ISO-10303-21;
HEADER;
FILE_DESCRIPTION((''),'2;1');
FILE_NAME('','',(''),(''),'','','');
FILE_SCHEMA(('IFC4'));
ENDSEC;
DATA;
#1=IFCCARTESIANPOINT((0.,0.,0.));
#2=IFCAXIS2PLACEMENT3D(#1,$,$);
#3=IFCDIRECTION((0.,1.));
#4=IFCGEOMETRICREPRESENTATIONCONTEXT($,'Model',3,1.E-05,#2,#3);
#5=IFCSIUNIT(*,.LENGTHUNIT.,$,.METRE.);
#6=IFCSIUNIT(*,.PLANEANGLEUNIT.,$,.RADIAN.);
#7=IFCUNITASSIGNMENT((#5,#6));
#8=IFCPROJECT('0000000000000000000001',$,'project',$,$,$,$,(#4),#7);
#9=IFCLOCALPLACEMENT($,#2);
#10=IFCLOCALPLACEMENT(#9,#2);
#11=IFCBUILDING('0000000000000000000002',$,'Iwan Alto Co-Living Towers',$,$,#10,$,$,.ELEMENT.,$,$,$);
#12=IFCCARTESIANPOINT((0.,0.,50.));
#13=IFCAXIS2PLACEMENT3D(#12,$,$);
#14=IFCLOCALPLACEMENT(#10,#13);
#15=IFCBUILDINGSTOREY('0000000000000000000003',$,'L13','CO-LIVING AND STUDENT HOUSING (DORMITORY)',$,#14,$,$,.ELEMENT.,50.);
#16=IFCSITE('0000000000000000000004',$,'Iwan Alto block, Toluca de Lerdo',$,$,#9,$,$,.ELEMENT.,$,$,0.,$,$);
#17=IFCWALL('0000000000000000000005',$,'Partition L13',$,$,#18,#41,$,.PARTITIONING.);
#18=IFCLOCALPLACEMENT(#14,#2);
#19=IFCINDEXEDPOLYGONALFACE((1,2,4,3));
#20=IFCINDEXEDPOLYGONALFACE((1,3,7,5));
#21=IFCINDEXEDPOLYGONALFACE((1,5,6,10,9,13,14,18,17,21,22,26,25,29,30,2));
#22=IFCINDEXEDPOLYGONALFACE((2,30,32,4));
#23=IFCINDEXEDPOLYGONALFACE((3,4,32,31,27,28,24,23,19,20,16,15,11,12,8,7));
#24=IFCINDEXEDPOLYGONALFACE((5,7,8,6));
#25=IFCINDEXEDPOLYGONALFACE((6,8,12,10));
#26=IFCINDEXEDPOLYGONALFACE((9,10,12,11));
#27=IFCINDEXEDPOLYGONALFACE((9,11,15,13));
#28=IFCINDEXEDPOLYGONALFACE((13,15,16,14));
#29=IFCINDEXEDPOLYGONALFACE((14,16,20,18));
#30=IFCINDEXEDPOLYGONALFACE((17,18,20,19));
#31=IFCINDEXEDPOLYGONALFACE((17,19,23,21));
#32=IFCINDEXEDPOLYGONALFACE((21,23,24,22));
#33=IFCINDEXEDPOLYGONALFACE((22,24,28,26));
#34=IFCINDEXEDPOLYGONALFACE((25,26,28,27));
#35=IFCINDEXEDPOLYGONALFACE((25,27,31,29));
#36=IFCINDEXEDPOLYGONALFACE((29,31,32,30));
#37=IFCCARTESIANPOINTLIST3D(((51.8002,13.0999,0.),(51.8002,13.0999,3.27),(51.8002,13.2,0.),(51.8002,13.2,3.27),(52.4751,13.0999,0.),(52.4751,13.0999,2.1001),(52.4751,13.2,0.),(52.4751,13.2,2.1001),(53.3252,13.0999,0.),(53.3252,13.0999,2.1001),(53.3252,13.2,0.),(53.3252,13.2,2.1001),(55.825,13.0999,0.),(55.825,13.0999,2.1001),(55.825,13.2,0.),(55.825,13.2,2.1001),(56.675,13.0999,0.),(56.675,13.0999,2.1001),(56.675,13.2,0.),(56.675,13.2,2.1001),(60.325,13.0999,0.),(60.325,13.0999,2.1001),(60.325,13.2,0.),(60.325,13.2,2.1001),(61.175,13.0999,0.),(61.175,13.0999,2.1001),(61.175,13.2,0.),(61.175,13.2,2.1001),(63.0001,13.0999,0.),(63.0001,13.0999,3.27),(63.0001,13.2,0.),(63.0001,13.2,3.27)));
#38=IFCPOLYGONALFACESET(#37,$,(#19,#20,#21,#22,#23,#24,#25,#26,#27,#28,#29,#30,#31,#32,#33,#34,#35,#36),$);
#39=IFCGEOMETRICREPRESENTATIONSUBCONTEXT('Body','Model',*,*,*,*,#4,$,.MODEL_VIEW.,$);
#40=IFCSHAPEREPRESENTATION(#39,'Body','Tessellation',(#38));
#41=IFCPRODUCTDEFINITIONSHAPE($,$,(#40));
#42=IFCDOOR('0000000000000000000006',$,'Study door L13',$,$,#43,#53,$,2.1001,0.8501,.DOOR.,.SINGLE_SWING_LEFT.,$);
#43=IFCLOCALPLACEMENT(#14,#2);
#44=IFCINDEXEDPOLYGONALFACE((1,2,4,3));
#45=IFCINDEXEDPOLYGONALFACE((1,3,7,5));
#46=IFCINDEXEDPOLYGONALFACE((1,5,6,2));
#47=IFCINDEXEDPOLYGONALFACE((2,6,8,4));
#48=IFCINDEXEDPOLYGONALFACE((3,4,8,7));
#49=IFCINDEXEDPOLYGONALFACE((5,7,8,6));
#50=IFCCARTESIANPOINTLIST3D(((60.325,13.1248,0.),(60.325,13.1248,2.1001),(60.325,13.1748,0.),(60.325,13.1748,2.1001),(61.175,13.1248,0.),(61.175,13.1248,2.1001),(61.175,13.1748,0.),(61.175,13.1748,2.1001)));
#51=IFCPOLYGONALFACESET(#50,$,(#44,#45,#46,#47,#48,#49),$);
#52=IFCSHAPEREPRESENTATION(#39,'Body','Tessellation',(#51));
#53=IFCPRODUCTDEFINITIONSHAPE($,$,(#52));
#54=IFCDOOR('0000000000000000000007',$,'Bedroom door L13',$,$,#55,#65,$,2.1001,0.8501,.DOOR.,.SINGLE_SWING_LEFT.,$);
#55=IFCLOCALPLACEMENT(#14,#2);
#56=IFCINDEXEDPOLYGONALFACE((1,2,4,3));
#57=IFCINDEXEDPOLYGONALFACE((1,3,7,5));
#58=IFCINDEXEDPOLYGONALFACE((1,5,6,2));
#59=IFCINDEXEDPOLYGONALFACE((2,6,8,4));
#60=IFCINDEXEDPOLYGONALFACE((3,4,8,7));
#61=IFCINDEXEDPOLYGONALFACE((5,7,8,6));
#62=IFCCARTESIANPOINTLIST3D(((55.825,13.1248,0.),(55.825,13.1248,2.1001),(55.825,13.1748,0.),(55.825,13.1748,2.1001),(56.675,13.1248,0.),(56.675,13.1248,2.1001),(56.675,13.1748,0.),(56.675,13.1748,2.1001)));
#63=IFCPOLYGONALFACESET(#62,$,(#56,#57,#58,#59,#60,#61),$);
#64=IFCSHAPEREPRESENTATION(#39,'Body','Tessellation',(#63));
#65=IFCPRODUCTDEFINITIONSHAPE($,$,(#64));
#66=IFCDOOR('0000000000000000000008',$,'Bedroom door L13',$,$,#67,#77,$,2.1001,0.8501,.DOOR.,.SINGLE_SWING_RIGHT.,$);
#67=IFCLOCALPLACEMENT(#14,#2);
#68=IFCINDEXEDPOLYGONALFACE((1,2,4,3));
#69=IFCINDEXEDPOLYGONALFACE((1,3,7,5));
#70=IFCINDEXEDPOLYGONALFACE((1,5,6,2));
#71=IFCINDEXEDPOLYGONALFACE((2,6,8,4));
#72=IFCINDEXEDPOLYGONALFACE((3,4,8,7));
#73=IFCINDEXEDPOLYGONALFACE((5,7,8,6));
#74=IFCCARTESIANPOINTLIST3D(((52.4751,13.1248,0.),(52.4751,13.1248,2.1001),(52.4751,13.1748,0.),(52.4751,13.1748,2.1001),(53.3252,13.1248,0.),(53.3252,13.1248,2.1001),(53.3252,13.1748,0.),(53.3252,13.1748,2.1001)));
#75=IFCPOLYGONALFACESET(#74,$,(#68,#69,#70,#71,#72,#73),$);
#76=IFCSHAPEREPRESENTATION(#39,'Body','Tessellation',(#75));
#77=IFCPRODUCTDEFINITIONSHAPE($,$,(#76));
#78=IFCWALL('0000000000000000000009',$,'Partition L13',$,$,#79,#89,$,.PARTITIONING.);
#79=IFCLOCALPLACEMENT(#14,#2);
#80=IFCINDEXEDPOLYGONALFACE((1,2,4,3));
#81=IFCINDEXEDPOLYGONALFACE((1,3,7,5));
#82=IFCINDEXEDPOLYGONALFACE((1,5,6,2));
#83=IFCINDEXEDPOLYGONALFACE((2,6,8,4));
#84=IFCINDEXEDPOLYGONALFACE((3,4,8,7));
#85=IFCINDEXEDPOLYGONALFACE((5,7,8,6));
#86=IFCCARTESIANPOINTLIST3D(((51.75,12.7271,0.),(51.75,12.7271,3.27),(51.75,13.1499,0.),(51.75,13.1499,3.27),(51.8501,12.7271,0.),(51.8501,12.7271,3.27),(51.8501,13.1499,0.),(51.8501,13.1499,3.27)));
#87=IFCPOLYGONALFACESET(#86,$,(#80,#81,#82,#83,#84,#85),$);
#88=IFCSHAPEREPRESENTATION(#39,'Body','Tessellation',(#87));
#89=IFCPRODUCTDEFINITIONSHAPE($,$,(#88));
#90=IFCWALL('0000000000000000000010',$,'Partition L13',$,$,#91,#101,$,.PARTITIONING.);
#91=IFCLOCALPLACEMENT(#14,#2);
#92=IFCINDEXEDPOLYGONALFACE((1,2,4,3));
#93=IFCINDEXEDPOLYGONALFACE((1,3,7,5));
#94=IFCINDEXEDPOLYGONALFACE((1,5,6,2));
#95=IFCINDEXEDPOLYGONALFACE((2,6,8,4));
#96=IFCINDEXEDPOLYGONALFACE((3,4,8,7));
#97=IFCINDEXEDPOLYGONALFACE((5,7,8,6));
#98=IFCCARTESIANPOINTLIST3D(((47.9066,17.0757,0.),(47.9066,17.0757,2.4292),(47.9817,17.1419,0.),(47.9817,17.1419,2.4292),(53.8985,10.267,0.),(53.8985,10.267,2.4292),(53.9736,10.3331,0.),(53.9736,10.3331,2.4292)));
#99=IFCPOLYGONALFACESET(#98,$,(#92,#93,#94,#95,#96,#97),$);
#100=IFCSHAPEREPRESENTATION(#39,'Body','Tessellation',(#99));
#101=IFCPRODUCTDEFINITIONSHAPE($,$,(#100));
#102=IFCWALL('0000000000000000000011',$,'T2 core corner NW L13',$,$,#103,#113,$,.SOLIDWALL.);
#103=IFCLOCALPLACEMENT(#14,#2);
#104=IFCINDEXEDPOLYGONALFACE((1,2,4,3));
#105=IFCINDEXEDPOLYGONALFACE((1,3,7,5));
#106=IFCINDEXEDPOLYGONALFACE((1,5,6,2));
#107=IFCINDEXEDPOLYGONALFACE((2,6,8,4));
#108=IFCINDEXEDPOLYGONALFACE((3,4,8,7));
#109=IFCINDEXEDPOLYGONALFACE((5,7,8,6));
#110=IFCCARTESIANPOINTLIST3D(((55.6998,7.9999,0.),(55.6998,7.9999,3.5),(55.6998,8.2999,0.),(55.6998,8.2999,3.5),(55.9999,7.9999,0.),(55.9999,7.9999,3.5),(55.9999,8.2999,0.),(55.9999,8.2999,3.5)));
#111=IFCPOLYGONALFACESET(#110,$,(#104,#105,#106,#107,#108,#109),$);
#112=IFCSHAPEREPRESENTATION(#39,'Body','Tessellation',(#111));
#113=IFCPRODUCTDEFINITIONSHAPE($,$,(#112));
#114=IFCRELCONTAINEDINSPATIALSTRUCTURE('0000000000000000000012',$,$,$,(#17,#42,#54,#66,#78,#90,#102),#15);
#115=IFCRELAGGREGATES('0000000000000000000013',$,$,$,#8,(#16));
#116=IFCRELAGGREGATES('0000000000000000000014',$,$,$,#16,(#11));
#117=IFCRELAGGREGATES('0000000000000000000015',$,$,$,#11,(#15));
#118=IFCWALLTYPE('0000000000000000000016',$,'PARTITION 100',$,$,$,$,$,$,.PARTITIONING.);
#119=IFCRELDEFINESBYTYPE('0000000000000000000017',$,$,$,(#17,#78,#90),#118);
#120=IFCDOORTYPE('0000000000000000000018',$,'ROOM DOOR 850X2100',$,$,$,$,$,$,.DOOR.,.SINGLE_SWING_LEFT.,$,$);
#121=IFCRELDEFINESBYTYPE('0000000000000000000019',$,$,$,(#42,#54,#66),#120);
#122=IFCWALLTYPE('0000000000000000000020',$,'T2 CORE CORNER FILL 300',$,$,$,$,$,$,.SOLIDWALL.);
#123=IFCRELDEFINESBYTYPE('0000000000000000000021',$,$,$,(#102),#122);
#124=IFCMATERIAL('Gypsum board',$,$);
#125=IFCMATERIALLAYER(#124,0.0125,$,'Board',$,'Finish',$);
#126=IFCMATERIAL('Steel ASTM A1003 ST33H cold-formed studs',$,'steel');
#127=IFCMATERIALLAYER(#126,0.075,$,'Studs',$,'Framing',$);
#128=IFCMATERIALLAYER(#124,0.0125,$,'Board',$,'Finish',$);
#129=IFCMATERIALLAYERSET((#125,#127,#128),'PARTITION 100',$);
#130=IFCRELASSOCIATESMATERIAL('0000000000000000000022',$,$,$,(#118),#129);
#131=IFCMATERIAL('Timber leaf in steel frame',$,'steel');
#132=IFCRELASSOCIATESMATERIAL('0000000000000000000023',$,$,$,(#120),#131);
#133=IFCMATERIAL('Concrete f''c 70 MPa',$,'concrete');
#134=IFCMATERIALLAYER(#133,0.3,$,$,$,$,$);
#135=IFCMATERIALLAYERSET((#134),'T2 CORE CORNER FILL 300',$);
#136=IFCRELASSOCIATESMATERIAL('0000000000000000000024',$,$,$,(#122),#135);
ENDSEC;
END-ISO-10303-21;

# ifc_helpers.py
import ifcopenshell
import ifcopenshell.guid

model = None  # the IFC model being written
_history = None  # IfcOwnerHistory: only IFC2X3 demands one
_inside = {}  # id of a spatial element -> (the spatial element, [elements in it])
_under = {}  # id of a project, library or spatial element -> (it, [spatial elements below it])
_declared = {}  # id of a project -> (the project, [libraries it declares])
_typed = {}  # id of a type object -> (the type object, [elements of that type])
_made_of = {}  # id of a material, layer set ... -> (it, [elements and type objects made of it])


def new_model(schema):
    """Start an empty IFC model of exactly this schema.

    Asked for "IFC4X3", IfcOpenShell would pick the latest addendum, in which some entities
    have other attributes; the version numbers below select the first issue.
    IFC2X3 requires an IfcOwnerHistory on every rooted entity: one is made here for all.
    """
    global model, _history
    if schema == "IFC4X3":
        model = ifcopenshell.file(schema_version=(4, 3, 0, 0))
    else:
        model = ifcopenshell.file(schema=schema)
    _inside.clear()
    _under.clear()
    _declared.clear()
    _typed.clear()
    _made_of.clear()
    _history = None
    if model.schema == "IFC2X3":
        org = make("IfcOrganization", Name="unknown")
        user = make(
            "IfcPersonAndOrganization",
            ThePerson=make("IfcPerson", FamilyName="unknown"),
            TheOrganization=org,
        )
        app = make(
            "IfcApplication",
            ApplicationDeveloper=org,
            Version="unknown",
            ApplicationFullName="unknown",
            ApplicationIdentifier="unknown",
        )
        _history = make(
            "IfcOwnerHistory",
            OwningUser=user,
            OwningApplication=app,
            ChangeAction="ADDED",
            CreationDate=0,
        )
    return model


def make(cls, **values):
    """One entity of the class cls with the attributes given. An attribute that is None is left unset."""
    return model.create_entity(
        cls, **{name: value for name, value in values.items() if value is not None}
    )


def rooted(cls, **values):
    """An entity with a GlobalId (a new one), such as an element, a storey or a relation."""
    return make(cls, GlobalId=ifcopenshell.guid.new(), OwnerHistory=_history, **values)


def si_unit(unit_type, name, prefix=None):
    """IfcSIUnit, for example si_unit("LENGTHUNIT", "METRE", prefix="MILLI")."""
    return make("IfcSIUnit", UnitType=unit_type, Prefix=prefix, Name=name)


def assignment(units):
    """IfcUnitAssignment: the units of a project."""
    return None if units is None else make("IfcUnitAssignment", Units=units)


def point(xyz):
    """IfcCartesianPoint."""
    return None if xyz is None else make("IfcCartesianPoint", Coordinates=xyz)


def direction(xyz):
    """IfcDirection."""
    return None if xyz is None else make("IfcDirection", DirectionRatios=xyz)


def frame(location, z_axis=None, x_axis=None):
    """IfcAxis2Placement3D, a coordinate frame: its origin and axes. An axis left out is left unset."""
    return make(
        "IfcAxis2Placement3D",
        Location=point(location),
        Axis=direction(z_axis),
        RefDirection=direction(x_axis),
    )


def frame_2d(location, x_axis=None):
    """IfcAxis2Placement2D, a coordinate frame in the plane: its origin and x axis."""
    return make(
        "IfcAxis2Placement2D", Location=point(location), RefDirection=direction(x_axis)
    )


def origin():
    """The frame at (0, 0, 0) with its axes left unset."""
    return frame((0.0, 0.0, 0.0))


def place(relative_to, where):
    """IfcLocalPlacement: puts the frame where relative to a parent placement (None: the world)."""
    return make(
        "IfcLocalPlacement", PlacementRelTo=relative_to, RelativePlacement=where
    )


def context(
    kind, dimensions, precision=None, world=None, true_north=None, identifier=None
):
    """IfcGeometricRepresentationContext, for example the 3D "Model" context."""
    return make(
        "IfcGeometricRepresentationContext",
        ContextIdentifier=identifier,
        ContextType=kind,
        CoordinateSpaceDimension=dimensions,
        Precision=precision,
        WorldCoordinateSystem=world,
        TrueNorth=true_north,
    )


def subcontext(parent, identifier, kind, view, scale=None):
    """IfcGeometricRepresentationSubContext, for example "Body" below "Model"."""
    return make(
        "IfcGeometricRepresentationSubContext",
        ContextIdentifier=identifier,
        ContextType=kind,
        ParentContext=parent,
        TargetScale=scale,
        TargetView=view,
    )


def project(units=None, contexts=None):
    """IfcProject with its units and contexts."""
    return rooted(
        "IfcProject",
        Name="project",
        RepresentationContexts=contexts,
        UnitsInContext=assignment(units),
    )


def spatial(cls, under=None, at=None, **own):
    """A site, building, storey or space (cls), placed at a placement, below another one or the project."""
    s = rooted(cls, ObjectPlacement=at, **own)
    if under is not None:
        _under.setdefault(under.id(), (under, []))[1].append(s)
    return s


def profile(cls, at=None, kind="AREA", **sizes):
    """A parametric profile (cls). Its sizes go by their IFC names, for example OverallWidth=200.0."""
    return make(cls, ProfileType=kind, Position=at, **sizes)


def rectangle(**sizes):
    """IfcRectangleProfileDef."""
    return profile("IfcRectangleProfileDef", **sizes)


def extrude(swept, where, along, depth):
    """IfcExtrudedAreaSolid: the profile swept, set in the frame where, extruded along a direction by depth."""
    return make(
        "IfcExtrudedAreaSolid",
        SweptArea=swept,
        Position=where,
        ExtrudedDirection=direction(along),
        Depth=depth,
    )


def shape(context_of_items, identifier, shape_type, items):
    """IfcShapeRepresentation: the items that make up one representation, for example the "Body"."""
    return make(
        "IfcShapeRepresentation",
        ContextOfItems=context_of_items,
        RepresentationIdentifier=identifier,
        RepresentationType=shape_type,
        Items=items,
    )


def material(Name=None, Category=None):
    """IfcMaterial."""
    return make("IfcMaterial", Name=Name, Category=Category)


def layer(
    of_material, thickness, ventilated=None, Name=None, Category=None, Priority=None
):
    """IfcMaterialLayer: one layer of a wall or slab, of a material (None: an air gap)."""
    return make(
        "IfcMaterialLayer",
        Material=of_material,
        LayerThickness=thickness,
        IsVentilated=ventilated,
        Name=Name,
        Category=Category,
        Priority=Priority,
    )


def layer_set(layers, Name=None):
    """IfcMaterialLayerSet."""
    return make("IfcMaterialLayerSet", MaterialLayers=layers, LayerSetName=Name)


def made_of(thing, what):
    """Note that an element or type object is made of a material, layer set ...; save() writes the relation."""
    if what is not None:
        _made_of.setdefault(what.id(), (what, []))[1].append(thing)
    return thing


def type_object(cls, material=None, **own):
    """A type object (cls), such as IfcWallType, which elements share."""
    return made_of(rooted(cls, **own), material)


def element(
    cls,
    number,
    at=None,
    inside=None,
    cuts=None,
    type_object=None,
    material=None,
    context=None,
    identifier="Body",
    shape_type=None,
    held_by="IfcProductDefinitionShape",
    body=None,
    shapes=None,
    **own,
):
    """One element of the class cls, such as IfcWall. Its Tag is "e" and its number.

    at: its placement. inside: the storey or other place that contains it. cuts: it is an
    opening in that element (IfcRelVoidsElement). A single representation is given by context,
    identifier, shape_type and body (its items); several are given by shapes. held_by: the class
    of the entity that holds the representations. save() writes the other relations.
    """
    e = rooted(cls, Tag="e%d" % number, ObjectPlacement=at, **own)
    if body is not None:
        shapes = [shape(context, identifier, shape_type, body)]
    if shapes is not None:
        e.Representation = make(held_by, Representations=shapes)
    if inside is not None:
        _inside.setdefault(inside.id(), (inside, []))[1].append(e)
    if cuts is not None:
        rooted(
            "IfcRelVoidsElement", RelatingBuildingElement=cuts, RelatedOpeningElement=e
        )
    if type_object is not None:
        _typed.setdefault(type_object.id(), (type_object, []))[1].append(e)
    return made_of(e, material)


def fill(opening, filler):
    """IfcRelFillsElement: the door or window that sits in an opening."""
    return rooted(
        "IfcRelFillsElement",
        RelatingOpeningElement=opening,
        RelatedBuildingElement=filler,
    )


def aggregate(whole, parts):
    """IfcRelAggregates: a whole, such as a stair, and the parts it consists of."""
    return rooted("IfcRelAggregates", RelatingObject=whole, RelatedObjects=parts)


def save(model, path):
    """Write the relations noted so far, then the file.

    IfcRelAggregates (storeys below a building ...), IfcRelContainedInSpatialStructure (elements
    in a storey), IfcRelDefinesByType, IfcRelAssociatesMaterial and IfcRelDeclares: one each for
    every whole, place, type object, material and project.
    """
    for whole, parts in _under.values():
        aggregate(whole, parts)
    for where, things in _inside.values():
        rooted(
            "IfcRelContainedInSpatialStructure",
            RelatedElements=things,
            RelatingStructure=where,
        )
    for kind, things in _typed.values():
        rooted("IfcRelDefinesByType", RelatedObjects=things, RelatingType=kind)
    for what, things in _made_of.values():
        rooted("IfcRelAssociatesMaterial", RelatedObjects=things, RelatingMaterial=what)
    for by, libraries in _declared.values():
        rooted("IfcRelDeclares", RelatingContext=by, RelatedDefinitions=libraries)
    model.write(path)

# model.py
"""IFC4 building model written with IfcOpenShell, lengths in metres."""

from ifc_helpers import new_model, si_unit, direction, frame, frame_2d, origin, place, context, subcontext, project, spatial, rectangle, extrude, material, layer, layer_set, type_object, element, fill, save


model = new_model("IFC4")

# Units and contexts
model_context = context("Model", 3, precision=1e-05, world=origin(), true_north=direction((0.0, 1.0)))
body_context = subcontext(model_context, "Body", "Model", "MODEL_VIEW")
ifc_project = project(units=[si_unit("LENGTHUNIT", "METRE"), si_unit("PLANEANGLEUNIT", "RADIAN")], contexts=[model_context])

# Site, building, storey
site_placement = place(None, origin())
site = spatial("IfcSite", under=ifc_project, at=site_placement, Name="Iwan Alto block, Toluca de Lerdo", CompositionType="ELEMENT", RefElevation=0.0)
building_placement = place(site_placement, origin())
building = spatial("IfcBuilding", under=site, at=building_placement, Name="Iwan Alto Co-Living Towers", CompositionType="ELEMENT")
storey_placement = place(building_placement, frame((0.0, 0.0, 50.0)))
storey = spatial("IfcBuildingStorey", under=building, at=storey_placement, Name="L13", Description="CO-LIVING AND STUDENT HOUSING (DORMITORY)", CompositionType="ELEMENT", Elevation=50.0)

# Shared definitions
ifc_material_1 = material(Name="Gypsum board")
ifc_material_2 = material(Name="Steel ASTM A1003 ST33H cold-formed studs", Category="steel")

# Wall, openings, doors
ifc_layer_1 = layer(ifc_material_1, 0.0125, Name="Board", Category="Finish")
ifc_layer_2 = layer(ifc_material_2, 0.075, Name="Studs", Category="Framing")
ifc_layer_3 = layer(ifc_material_1, 0.0125, Name="Board", Category="Finish")
ifc_layer_set_1 = layer_set([ifc_layer_1, ifc_layer_2, ifc_layer_3], Name="PARTITION 100")
wall_type_1 = type_object("IfcWallType", Name="PARTITION 100", PredefinedType="PARTITIONING", material=ifc_layer_set_1)
wall_1_placement = place(storey_placement, frame((51.8, 13.1499, 0.0), z_axis=(0.0, 0.0, 1.0), x_axis=(1.0, 0.0, 0.0)))
wall_1 = element("IfcWall", 1, at=wall_1_placement, inside=storey, type_object=wall_type_1, Name="Partition L13", PredefinedType="PARTITIONING", context=body_context, shape_type="SweptSolid", body=[
    extrude(rectangle(XDim=11.2, YDim=0.1001, at=frame_2d((5.6001, 0.0))), origin(), (0.0, 0.0, 1.0), 3.27),
])
opening_1_placement = place(wall_1_placement, frame((8.5249, 0.0, 0.0)))
opening_1 = element("IfcOpeningElement", 2, at=opening_1_placement, cuts=wall_1, PredefinedType="OPENING", context=body_context, shape_type="SweptSolid", body=[
    extrude(rectangle(XDim=0.8501, YDim=2.1001, at=frame_2d((0.425, 1.05))), frame((0.0, 0.0601, 0.0), z_axis=(0.0, -1.0, 0.0), x_axis=(1.0, 0.0, 0.0)), (0.0, 0.0, 1.0), 0.1201),
])
opening_2_placement = place(wall_1_placement, frame((4.0249, 0.0, 0.0)))
opening_2 = element("IfcOpeningElement", 3, at=opening_2_placement, cuts=wall_1, PredefinedType="OPENING", context=body_context, shape_type="SweptSolid", body=[
    extrude(rectangle(XDim=0.8501, YDim=2.1001, at=frame_2d((0.425, 1.05))), frame((0.0, 0.0601, 0.0), z_axis=(0.0, -1.0, 0.0), x_axis=(1.0, 0.0, 0.0)), (0.0, 0.0, 1.0), 0.1201),
])
opening_3_placement = place(wall_1_placement, frame((0.675, 0.0, 0.0)))
opening_3 = element("IfcOpeningElement", 4, at=opening_3_placement, cuts=wall_1, PredefinedType="OPENING", context=body_context, shape_type="SweptSolid", body=[
    extrude(rectangle(XDim=0.8501, YDim=2.1001, at=frame_2d((0.425, 1.05))), frame((0.0, 0.0601, 0.0), z_axis=(0.0, -1.0, 0.0), x_axis=(1.0, 0.0, 0.0)), (0.0, 0.0, 1.0), 0.1201),
])
ifc_material_3 = material(Name="Timber leaf in steel frame", Category="steel")
door_type_1 = type_object("IfcDoorType", Name="ROOM DOOR 850X2100", OperationType="SINGLE_SWING_LEFT", PredefinedType="DOOR", material=ifc_material_3)
door_1_placement = place(opening_1_placement, origin())
door_1 = element("IfcDoor", 5, at=door_1_placement, inside=storey, type_object=door_type_1, Name="Study door L13", OperationType="SINGLE_SWING_LEFT", OverallHeight=2.1001, OverallWidth=0.8501, PredefinedType="DOOR", context=body_context, shape_type="SweptSolid", body=[
    extrude(rectangle(XDim=0.8501, YDim=2.1001, at=frame_2d((0.425, 1.05))), frame((0.0, 0.0249, 0.0), z_axis=(0.0, -1.0, 0.0), x_axis=(1.0, 0.0, 0.0)), (0.0, 0.0, 1.0), 0.05),
])
fill(opening_1, door_1)
door_2_placement = place(opening_2_placement, origin())
door_2 = element("IfcDoor", 6, at=door_2_placement, inside=storey, type_object=door_type_1, Name="Bedroom door L13", OperationType="SINGLE_SWING_LEFT", OverallHeight=2.1001, OverallWidth=0.8501, PredefinedType="DOOR", context=body_context, shape_type="SweptSolid", body=[
    extrude(rectangle(XDim=0.8501, YDim=2.1001, at=frame_2d((0.425, 1.05))), frame((0.0, 0.0249, 0.0), z_axis=(0.0, -1.0, 0.0), x_axis=(1.0, 0.0, 0.0)), (0.0, 0.0, 1.0), 0.05),
])
fill(opening_2, door_2)
door_3_placement = place(opening_3_placement, origin())
door_3 = element("IfcDoor", 7, at=door_3_placement, inside=storey, type_object=door_type_1, Name="Bedroom door L13", OperationType="SINGLE_SWING_RIGHT", OverallHeight=2.1001, OverallWidth=0.8501, PredefinedType="DOOR", context=body_context, shape_type="SweptSolid", body=[
    extrude(rectangle(XDim=0.8501, YDim=2.1001, at=frame_2d((0.425, 1.05))), frame((0.0, 0.0249, 0.0), z_axis=(0.0, -1.0, 0.0), x_axis=(1.0, 0.0, 0.0)), (0.0, 0.0, 1.0), 0.05),
])
fill(opening_3, door_3)

# Walls
wall_2_placement = place(storey_placement, frame((51.8, 12.7271, 0.0), z_axis=(0.0, 0.0, 1.0), x_axis=(0.0, 1.0, 0.0)))
element("IfcWall", 8, at=wall_2_placement, inside=storey, type_object=wall_type_1, Name="Partition L13", PredefinedType="PARTITIONING", context=body_context, shape_type="SweptSolid", body=[
    extrude(rectangle(XDim=0.4229, YDim=0.1001, at=frame_2d((0.2114, 0.0))), origin(), (0.0, 0.0, 1.0), 3.27),
])
wall_3_placement = place(storey_placement, frame((53.936, 10.3, 0.0), z_axis=(0.0, 0.0, 1.0), x_axis=(-0.660638, 0.750704, 0.0)))
element("IfcWall", 9, at=wall_3_placement, inside=storey, type_object=wall_type_1, Name="Partition L13", PredefinedType="PARTITIONING", context=body_context, shape_type="SweptSolid", body=[
    extrude(rectangle(XDim=9.0698, YDim=0.1001, at=frame_2d((4.5349, 0.0))), origin(), (0.0, 0.0, 1.0), 2.4292),
])
ifc_material_4 = material(Name="Concrete f'c 70 MPa", Category="concrete")
ifc_layer_4 = layer(ifc_material_4, 0.3)
ifc_layer_set_2 = layer_set([ifc_layer_4], Name="T2 CORE CORNER FILL 300")
wall_type_2 = type_object("IfcWallType", Name="T2 CORE CORNER FILL 300", PredefinedType="SOLIDWALL", material=ifc_layer_set_2)
wall_4_placement = place(storey_placement, frame((55.7, 8.1499, 0.0), z_axis=(0.0, 0.0, 1.0), x_axis=(1.0, 0.0, 0.0)))
element("IfcWall", 10, at=wall_4_placement, inside=storey, type_object=wall_type_2, Name="T2 core corner NW L13", PredefinedType="SOLIDWALL", context=body_context, shape_type="SweptSolid", body=[
    extrude(rectangle(XDim=0.3, YDim=0.3, at=frame_2d((0.1499, 0.0))), origin(), (0.0, 0.0, 1.0), 3.5),
])

save(model, "model.ifc")
